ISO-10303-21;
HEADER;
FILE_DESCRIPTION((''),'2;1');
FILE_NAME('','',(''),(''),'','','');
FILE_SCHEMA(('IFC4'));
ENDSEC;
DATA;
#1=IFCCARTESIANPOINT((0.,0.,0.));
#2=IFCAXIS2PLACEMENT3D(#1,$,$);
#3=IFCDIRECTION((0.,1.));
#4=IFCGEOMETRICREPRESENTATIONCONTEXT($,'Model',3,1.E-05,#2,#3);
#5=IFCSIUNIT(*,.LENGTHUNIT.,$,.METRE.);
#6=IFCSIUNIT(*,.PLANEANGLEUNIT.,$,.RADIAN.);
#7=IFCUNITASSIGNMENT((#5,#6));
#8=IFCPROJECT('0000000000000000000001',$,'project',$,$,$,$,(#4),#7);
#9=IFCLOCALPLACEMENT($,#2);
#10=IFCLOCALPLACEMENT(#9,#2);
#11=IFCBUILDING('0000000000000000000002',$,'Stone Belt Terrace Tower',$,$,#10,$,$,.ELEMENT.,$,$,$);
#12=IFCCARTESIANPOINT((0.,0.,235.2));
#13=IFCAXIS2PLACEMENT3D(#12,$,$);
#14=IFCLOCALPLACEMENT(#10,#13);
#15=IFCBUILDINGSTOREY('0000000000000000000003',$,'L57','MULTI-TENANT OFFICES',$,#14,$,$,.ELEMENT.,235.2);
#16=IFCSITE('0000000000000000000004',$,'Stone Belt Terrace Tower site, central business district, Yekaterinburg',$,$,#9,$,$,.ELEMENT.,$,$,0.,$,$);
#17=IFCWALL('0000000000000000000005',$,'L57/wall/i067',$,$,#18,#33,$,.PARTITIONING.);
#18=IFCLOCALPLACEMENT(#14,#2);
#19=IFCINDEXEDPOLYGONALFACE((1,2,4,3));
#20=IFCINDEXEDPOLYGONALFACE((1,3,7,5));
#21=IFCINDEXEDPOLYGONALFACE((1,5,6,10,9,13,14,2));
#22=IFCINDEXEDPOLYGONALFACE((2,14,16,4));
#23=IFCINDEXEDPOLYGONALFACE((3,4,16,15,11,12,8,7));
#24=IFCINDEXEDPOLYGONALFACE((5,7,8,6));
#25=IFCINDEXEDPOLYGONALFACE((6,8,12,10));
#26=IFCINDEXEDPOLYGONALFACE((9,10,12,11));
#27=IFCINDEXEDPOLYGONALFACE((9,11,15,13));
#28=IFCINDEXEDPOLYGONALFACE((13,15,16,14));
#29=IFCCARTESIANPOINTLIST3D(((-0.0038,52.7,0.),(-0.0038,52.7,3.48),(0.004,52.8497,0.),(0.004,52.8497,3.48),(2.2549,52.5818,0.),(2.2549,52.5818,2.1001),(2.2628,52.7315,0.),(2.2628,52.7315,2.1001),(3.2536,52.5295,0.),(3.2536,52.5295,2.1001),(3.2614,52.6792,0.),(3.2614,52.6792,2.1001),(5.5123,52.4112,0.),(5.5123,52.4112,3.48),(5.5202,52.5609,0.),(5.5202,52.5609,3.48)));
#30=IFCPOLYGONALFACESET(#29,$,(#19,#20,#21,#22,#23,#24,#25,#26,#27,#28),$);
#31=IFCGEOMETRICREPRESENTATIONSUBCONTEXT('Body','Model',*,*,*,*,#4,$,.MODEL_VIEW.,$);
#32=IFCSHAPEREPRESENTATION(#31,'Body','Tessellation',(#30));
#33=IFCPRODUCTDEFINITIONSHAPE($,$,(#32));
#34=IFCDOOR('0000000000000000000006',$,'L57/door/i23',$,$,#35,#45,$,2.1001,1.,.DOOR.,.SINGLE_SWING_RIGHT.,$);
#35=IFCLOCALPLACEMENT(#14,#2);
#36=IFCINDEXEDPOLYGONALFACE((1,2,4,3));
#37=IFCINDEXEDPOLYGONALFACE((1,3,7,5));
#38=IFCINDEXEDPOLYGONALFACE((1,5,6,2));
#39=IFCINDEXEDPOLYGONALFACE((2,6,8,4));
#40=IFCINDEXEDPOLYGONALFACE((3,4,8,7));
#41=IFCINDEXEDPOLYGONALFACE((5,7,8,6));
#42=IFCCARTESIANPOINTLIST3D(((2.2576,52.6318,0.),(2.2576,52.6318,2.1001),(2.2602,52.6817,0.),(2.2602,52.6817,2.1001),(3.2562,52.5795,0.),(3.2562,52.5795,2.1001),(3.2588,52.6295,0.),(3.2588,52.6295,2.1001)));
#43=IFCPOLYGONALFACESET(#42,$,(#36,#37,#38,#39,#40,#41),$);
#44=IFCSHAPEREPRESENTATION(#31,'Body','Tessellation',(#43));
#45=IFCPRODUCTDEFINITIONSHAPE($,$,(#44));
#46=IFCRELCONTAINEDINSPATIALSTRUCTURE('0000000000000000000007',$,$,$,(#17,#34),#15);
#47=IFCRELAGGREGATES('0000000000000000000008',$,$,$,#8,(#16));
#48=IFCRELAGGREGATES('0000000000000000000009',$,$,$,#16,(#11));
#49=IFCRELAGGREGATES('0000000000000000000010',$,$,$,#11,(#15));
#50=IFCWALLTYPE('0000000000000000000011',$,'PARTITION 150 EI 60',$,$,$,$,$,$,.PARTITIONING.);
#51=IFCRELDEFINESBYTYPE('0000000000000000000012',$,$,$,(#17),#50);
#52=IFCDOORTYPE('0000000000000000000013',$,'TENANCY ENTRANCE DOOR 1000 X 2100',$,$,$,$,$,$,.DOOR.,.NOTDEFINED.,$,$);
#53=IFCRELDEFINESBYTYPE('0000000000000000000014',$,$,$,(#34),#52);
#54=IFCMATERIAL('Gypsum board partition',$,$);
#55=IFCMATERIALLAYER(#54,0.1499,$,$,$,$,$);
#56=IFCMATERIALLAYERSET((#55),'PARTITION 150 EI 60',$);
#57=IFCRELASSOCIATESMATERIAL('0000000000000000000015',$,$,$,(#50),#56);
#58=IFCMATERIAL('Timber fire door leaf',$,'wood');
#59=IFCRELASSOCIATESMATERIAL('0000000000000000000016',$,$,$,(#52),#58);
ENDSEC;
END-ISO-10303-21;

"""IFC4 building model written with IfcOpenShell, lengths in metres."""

from ifc_helpers import new_model, si_unit, direction, frame, frame_2d, origin, place, context, subcontext, project, spatial, rectangle, extrude, material, layer, layer_set, type_object, element, fill, save


model = new_model("IFC4")

# Units and contexts
model_context = context("Model", 3, precision=1e-05, world=origin(), true_north=direction((0.0, 1.0)))
body_context = subcontext(model_context, "Body", "Model", "MODEL_VIEW")
ifc_project = project(units=[si_unit("LENGTHUNIT", "METRE"), si_unit("PLANEANGLEUNIT", "RADIAN")], contexts=[model_context])

# Site, building, storey
site_placement = place(None, origin())
site = spatial("IfcSite", under=ifc_project, at=site_placement, Name="Stone Belt Terrace Tower site, central business district, Yekaterinburg", CompositionType="ELEMENT", RefElevation=0.0)
building_placement = place(site_placement, origin())
building = spatial("IfcBuilding", under=site, at=building_placement, Name="Stone Belt Terrace Tower", CompositionType="ELEMENT")
storey_placement = place(building_placement, frame((0.0, 0.0, 235.2)))
storey = spatial("IfcBuildingStorey", under=building, at=storey_placement, Name="L57", Description="MULTI-TENANT OFFICES", CompositionType="ELEMENT", Elevation=235.2)

# Shared definitions
ifc_material_1 = material(Name="Gypsum board partition")
ifc_layer_1 = layer(ifc_material_1, 0.1499)
ifc_layer_set_1 = layer_set([ifc_layer_1], Name="PARTITION 150 EI 60")
wall_type_1 = type_object("IfcWallType", Name="PARTITION 150 EI 60", PredefinedType="PARTITIONING", material=ifc_layer_set_1)

# Wall, opening, door
wall_1_placement = place(storey_placement, frame((5.5161, 52.4861, 0.0), z_axis=(0.0, 0.0, 1.0), x_axis=(-0.998632, 0.052287, 0.0)))
wall_1 = element("IfcWall", 1, at=wall_1_placement, inside=storey, type_object=wall_type_1, Name="L57/wall/i067", PredefinedType="PARTITIONING", context=body_context, shape_type="SweptSolid", body=[
    extrude(rectangle(XDim=5.5237, YDim=0.1499, at=frame_2d((2.7617, 0.0))), origin(), (0.0, 0.0, 1.0), 3.48),
])
opening_1_placement = place(wall_1_placement, frame((2.2617, 0.0, 0.0)))
opening_1 = element("IfcOpeningElement", 2, at=opening_1_placement, cuts=wall_1, PredefinedType="OPENING", context=body_context, shape_type="SweptSolid", body=[
    extrude(rectangle(XDim=1.0, YDim=2.1001, at=frame_2d((0.5, 1.05))), frame((0.0, 0.085, 0.0), z_axis=(0.0, -1.0, 0.0), x_axis=(1.0, 0.0, 0.0)), (0.0, 0.0, 1.0), 0.1699),
])
ifc_material_2 = material(Name="Timber fire door leaf", Category="wood")
door_type_1 = type_object("IfcDoorType", Name="TENANCY ENTRANCE DOOR 1000 X 2100", OperationType="NOTDEFINED", PredefinedType="DOOR", material=ifc_material_2)
door_1_placement = place(opening_1_placement, origin())
door_1 = element("IfcDoor", 3, at=door_1_placement, inside=storey, type_object=door_type_1, Name="L57/door/i23", OperationType="SINGLE_SWING_RIGHT", OverallHeight=2.1001, OverallWidth=1.0, PredefinedType="DOOR", context=body_context, shape_type="SweptSolid", body=[
    extrude(rectangle(XDim=1.0, YDim=2.1001, at=frame_2d((0.5, 1.05))), frame((0.0, 0.0249, 0.0), z_axis=(0.0, -1.0, 0.0), x_axis=(1.0, 0.0, 0.0)), (0.0, 0.0, 1.0), 0.05),
])
fill(opening_1, door_1)

save(model, "model.ifc")
